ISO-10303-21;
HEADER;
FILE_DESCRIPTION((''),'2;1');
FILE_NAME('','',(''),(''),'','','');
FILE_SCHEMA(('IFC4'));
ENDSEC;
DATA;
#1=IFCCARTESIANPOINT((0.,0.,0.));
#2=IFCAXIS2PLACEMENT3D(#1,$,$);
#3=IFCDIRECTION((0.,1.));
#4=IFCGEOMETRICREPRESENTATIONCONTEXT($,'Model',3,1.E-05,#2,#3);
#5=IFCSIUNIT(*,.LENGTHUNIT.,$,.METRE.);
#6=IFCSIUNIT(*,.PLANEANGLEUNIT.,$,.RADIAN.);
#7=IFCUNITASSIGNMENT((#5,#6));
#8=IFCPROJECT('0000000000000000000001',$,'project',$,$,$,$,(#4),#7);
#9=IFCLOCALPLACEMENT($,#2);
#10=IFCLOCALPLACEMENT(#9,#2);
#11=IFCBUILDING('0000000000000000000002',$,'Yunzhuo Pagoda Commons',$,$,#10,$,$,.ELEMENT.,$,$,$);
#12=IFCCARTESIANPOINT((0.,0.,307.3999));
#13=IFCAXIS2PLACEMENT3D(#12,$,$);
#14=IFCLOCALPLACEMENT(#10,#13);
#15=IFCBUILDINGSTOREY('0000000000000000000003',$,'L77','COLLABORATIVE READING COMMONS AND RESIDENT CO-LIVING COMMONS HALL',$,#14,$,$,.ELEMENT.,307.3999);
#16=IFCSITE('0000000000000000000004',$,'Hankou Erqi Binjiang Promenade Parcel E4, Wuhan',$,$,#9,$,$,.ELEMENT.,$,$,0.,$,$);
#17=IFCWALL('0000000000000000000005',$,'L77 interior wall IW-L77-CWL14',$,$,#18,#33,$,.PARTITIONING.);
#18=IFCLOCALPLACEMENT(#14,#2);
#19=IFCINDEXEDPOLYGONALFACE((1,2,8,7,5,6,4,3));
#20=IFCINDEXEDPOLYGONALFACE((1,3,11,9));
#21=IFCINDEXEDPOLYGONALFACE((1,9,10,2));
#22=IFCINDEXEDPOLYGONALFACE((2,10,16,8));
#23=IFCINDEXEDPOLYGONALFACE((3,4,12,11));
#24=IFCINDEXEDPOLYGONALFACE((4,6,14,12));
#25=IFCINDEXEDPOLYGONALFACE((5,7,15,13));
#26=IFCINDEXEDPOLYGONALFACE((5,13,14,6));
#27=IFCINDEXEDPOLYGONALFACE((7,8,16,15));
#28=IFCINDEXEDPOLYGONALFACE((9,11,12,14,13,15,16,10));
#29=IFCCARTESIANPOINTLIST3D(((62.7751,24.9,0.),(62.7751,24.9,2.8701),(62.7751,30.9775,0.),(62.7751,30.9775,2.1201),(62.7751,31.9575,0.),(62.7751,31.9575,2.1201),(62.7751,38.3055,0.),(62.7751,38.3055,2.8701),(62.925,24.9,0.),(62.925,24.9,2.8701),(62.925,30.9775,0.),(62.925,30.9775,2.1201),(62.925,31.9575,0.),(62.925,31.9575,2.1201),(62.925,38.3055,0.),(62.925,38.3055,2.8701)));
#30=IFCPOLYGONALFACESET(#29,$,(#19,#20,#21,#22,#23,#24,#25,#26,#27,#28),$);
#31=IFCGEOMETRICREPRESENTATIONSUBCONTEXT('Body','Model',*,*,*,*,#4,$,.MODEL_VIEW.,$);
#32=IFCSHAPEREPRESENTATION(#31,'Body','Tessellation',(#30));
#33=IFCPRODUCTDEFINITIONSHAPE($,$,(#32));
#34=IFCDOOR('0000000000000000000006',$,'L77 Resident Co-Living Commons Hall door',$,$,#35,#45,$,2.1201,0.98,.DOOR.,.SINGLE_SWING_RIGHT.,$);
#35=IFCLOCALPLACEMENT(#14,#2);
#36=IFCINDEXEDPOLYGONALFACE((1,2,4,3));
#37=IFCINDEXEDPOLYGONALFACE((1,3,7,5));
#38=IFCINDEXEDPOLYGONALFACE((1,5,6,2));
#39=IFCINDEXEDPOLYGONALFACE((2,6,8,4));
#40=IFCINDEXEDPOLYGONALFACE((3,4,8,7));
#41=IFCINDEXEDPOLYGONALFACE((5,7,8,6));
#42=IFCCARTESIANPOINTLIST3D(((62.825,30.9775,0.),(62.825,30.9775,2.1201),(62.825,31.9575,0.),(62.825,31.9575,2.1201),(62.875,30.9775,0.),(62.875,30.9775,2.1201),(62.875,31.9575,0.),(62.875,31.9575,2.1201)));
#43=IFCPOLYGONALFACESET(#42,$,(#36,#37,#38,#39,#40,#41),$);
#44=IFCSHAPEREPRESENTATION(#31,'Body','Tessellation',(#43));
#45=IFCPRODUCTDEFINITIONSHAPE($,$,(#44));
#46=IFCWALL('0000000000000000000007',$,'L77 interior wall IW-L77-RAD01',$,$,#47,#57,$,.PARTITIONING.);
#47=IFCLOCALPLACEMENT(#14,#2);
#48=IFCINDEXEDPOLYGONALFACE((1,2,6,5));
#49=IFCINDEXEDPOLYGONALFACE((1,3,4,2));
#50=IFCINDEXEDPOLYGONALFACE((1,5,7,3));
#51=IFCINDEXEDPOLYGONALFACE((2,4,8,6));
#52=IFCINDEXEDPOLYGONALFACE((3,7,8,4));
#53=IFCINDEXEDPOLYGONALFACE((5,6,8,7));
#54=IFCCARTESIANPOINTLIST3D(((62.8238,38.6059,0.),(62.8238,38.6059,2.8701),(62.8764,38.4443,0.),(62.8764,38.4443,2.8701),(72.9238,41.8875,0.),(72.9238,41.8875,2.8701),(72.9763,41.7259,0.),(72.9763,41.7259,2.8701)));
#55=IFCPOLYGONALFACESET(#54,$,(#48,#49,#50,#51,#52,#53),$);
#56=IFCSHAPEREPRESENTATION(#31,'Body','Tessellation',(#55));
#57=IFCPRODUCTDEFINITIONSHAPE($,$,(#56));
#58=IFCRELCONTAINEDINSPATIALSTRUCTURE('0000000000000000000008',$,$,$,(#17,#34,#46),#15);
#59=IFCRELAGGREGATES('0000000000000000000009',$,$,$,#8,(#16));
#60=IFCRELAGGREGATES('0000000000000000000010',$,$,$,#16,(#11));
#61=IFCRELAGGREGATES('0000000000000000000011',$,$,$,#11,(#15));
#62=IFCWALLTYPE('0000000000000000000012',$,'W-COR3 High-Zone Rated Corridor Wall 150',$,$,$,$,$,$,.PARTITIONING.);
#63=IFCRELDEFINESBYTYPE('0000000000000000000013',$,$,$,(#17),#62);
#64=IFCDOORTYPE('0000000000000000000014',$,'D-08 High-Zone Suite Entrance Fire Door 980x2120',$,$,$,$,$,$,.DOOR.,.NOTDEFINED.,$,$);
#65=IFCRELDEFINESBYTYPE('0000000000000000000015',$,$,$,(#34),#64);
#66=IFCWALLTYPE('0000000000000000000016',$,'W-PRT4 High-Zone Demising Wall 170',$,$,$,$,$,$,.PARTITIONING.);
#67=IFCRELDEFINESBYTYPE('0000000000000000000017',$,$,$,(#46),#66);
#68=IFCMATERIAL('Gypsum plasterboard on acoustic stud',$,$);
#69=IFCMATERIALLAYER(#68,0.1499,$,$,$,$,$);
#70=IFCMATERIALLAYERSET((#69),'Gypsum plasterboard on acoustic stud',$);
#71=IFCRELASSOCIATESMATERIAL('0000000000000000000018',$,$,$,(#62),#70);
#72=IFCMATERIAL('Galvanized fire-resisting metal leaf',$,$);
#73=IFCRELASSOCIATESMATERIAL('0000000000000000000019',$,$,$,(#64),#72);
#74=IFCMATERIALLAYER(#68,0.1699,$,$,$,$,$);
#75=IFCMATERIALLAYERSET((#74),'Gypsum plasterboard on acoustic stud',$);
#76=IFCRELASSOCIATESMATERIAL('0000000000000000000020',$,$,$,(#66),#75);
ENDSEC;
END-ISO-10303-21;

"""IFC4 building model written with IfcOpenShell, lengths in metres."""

from ifc_helpers import new_model, si_unit, direction, frame, frame_2d, origin, origin_with_axes, place, context, subcontext, project, spatial, rectangle, extrude, source, transform, mapped, material, layer, layer_set, type_object, element, fill, save


model = new_model("IFC4")

# Units and contexts
model_context = context("Model", 3, precision=1e-05, world=origin(), true_north=direction((0.0, 1.0)))
body_context = subcontext(model_context, "Body", "Model", "MODEL_VIEW")
ifc_project = project(units=[si_unit("LENGTHUNIT", "METRE"), si_unit("PLANEANGLEUNIT", "RADIAN")], contexts=[model_context])

# Site, building, storey
site_placement = place(None, origin())
site = spatial("IfcSite", under=ifc_project, at=site_placement, Name="Hankou Erqi Binjiang Promenade Parcel E4, Wuhan", CompositionType="ELEMENT", RefElevation=0.0)
building_placement = place(site_placement, origin())
building = spatial("IfcBuilding", under=site, at=building_placement, Name="Yunzhuo Pagoda Commons", CompositionType="ELEMENT")
storey_placement = place(building_placement, frame((0.0, 0.0, 307.3999)))
storey = spatial("IfcBuildingStorey", under=building, at=storey_placement, Name="L77", Description="COLLABORATIVE READING COMMONS AND RESIDENT CO-LIVING COMMONS HALL", CompositionType="ELEMENT", Elevation=307.3999)

# Shared definitions
ifc_material_1 = material(Name="Gypsum plasterboard on acoustic stud")
ifc_layer_1 = layer(ifc_material_1, 0.1499)
ifc_layer_set_1 = layer_set([ifc_layer_1], Name="Gypsum plasterboard on acoustic stud")
wall_type_1 = type_object("IfcWallType", Name="W-COR3 High-Zone Rated Corridor Wall 150", PredefinedType="PARTITIONING", material=ifc_layer_set_1)

# Wall, opening, door
wall_1_placement = place(storey_placement, frame((62.8501, 38.3054, 0.0), z_axis=(0.0, 0.0, 1.0), x_axis=(0.0, -1.0, 0.0)))
wall_1 = element("IfcWall", 1, at=wall_1_placement, inside=storey, type_object=wall_type_1, Name="L77 interior wall IW-L77-CWL14", PredefinedType="PARTITIONING", context=body_context, shape_type="SweptSolid", body=[
    extrude(rectangle(XDim=13.4055, YDim=0.1499, at=frame_2d((6.7026, 0.0))), origin(), (0.0, 0.0, 1.0), 2.8701),
])
opening_placement = place(wall_1_placement, frame((6.3479, 0.0, 0.0)))
opening = element("IfcOpeningElement", 2, at=opening_placement, cuts=wall_1, PredefinedType="OPENING", context=body_context, shape_type="SweptSolid", body=[
    extrude(rectangle(XDim=0.98, YDim=2.1201, at=frame_2d((0.49, 1.0601))), frame((0.0, 0.085, 0.0), z_axis=(0.0, -1.0, 0.0), x_axis=(1.0, 0.0, 0.0)), (0.0, 0.0, 1.0), 0.1699),
])
ifc_material_2 = material(Name="Galvanized fire-resisting metal leaf")
door_type = type_object("IfcDoorType", Name="D-08 High-Zone Suite Entrance Fire Door 980x2120", OperationType="NOTDEFINED", PredefinedType="DOOR", material=ifc_material_2)
shared_shape_1 = source(origin(), body_context, "Body", "SweptSolid", [
    extrude(rectangle(XDim=0.98, YDim=2.1201, at=frame_2d((0.49, 1.0601))), frame((0.0, 0.0249, 0.0), z_axis=(0.0, -1.0, 0.0), x_axis=(1.0, 0.0, 0.0)), (0.0, 0.0, 1.0), 0.05),
])
door_placement = place(opening_placement, origin_with_axes())
door = element("IfcDoor", 3, at=door_placement, inside=storey, type_object=door_type, Name="L77 Resident Co-Living Commons Hall door", OperationType="SINGLE_SWING_RIGHT", OverallHeight=2.1201, OverallWidth=0.98, PredefinedType="DOOR", context=body_context, shape_type="MappedRepresentation", body=[
    mapped(shared_shape_1, transform((0.0, 0.0, 0.0), scale=1.0)),
])
fill(opening, door)

# Wall
ifc_layer_2 = layer(ifc_material_1, 0.1699)
ifc_layer_set_2 = layer_set([ifc_layer_2], Name="Gypsum plasterboard on acoustic stud")
wall_type_2 = type_object("IfcWallType", Name="W-PRT4 High-Zone Demising Wall 170", PredefinedType="PARTITIONING", material=ifc_layer_set_2)
wall_2_placement = place(storey_placement, frame((62.8501, 38.5251, 0.0), z_axis=(0.0, 0.0, 1.0), x_axis=(0.951061, 0.309004, 0.0)))
element("IfcWall", 4, at=wall_2_placement, inside=storey, type_object=wall_type_2, Name="L77 interior wall IW-L77-RAD01", PredefinedType="PARTITIONING", context=body_context, shape_type="SweptSolid", body=[
    extrude(rectangle(XDim=10.6196, YDim=0.1699, at=frame_2d((5.3098, 0.0))), origin(), (0.0, 0.0, 1.0), 2.8701),
])

save(model, "model.ifc")
